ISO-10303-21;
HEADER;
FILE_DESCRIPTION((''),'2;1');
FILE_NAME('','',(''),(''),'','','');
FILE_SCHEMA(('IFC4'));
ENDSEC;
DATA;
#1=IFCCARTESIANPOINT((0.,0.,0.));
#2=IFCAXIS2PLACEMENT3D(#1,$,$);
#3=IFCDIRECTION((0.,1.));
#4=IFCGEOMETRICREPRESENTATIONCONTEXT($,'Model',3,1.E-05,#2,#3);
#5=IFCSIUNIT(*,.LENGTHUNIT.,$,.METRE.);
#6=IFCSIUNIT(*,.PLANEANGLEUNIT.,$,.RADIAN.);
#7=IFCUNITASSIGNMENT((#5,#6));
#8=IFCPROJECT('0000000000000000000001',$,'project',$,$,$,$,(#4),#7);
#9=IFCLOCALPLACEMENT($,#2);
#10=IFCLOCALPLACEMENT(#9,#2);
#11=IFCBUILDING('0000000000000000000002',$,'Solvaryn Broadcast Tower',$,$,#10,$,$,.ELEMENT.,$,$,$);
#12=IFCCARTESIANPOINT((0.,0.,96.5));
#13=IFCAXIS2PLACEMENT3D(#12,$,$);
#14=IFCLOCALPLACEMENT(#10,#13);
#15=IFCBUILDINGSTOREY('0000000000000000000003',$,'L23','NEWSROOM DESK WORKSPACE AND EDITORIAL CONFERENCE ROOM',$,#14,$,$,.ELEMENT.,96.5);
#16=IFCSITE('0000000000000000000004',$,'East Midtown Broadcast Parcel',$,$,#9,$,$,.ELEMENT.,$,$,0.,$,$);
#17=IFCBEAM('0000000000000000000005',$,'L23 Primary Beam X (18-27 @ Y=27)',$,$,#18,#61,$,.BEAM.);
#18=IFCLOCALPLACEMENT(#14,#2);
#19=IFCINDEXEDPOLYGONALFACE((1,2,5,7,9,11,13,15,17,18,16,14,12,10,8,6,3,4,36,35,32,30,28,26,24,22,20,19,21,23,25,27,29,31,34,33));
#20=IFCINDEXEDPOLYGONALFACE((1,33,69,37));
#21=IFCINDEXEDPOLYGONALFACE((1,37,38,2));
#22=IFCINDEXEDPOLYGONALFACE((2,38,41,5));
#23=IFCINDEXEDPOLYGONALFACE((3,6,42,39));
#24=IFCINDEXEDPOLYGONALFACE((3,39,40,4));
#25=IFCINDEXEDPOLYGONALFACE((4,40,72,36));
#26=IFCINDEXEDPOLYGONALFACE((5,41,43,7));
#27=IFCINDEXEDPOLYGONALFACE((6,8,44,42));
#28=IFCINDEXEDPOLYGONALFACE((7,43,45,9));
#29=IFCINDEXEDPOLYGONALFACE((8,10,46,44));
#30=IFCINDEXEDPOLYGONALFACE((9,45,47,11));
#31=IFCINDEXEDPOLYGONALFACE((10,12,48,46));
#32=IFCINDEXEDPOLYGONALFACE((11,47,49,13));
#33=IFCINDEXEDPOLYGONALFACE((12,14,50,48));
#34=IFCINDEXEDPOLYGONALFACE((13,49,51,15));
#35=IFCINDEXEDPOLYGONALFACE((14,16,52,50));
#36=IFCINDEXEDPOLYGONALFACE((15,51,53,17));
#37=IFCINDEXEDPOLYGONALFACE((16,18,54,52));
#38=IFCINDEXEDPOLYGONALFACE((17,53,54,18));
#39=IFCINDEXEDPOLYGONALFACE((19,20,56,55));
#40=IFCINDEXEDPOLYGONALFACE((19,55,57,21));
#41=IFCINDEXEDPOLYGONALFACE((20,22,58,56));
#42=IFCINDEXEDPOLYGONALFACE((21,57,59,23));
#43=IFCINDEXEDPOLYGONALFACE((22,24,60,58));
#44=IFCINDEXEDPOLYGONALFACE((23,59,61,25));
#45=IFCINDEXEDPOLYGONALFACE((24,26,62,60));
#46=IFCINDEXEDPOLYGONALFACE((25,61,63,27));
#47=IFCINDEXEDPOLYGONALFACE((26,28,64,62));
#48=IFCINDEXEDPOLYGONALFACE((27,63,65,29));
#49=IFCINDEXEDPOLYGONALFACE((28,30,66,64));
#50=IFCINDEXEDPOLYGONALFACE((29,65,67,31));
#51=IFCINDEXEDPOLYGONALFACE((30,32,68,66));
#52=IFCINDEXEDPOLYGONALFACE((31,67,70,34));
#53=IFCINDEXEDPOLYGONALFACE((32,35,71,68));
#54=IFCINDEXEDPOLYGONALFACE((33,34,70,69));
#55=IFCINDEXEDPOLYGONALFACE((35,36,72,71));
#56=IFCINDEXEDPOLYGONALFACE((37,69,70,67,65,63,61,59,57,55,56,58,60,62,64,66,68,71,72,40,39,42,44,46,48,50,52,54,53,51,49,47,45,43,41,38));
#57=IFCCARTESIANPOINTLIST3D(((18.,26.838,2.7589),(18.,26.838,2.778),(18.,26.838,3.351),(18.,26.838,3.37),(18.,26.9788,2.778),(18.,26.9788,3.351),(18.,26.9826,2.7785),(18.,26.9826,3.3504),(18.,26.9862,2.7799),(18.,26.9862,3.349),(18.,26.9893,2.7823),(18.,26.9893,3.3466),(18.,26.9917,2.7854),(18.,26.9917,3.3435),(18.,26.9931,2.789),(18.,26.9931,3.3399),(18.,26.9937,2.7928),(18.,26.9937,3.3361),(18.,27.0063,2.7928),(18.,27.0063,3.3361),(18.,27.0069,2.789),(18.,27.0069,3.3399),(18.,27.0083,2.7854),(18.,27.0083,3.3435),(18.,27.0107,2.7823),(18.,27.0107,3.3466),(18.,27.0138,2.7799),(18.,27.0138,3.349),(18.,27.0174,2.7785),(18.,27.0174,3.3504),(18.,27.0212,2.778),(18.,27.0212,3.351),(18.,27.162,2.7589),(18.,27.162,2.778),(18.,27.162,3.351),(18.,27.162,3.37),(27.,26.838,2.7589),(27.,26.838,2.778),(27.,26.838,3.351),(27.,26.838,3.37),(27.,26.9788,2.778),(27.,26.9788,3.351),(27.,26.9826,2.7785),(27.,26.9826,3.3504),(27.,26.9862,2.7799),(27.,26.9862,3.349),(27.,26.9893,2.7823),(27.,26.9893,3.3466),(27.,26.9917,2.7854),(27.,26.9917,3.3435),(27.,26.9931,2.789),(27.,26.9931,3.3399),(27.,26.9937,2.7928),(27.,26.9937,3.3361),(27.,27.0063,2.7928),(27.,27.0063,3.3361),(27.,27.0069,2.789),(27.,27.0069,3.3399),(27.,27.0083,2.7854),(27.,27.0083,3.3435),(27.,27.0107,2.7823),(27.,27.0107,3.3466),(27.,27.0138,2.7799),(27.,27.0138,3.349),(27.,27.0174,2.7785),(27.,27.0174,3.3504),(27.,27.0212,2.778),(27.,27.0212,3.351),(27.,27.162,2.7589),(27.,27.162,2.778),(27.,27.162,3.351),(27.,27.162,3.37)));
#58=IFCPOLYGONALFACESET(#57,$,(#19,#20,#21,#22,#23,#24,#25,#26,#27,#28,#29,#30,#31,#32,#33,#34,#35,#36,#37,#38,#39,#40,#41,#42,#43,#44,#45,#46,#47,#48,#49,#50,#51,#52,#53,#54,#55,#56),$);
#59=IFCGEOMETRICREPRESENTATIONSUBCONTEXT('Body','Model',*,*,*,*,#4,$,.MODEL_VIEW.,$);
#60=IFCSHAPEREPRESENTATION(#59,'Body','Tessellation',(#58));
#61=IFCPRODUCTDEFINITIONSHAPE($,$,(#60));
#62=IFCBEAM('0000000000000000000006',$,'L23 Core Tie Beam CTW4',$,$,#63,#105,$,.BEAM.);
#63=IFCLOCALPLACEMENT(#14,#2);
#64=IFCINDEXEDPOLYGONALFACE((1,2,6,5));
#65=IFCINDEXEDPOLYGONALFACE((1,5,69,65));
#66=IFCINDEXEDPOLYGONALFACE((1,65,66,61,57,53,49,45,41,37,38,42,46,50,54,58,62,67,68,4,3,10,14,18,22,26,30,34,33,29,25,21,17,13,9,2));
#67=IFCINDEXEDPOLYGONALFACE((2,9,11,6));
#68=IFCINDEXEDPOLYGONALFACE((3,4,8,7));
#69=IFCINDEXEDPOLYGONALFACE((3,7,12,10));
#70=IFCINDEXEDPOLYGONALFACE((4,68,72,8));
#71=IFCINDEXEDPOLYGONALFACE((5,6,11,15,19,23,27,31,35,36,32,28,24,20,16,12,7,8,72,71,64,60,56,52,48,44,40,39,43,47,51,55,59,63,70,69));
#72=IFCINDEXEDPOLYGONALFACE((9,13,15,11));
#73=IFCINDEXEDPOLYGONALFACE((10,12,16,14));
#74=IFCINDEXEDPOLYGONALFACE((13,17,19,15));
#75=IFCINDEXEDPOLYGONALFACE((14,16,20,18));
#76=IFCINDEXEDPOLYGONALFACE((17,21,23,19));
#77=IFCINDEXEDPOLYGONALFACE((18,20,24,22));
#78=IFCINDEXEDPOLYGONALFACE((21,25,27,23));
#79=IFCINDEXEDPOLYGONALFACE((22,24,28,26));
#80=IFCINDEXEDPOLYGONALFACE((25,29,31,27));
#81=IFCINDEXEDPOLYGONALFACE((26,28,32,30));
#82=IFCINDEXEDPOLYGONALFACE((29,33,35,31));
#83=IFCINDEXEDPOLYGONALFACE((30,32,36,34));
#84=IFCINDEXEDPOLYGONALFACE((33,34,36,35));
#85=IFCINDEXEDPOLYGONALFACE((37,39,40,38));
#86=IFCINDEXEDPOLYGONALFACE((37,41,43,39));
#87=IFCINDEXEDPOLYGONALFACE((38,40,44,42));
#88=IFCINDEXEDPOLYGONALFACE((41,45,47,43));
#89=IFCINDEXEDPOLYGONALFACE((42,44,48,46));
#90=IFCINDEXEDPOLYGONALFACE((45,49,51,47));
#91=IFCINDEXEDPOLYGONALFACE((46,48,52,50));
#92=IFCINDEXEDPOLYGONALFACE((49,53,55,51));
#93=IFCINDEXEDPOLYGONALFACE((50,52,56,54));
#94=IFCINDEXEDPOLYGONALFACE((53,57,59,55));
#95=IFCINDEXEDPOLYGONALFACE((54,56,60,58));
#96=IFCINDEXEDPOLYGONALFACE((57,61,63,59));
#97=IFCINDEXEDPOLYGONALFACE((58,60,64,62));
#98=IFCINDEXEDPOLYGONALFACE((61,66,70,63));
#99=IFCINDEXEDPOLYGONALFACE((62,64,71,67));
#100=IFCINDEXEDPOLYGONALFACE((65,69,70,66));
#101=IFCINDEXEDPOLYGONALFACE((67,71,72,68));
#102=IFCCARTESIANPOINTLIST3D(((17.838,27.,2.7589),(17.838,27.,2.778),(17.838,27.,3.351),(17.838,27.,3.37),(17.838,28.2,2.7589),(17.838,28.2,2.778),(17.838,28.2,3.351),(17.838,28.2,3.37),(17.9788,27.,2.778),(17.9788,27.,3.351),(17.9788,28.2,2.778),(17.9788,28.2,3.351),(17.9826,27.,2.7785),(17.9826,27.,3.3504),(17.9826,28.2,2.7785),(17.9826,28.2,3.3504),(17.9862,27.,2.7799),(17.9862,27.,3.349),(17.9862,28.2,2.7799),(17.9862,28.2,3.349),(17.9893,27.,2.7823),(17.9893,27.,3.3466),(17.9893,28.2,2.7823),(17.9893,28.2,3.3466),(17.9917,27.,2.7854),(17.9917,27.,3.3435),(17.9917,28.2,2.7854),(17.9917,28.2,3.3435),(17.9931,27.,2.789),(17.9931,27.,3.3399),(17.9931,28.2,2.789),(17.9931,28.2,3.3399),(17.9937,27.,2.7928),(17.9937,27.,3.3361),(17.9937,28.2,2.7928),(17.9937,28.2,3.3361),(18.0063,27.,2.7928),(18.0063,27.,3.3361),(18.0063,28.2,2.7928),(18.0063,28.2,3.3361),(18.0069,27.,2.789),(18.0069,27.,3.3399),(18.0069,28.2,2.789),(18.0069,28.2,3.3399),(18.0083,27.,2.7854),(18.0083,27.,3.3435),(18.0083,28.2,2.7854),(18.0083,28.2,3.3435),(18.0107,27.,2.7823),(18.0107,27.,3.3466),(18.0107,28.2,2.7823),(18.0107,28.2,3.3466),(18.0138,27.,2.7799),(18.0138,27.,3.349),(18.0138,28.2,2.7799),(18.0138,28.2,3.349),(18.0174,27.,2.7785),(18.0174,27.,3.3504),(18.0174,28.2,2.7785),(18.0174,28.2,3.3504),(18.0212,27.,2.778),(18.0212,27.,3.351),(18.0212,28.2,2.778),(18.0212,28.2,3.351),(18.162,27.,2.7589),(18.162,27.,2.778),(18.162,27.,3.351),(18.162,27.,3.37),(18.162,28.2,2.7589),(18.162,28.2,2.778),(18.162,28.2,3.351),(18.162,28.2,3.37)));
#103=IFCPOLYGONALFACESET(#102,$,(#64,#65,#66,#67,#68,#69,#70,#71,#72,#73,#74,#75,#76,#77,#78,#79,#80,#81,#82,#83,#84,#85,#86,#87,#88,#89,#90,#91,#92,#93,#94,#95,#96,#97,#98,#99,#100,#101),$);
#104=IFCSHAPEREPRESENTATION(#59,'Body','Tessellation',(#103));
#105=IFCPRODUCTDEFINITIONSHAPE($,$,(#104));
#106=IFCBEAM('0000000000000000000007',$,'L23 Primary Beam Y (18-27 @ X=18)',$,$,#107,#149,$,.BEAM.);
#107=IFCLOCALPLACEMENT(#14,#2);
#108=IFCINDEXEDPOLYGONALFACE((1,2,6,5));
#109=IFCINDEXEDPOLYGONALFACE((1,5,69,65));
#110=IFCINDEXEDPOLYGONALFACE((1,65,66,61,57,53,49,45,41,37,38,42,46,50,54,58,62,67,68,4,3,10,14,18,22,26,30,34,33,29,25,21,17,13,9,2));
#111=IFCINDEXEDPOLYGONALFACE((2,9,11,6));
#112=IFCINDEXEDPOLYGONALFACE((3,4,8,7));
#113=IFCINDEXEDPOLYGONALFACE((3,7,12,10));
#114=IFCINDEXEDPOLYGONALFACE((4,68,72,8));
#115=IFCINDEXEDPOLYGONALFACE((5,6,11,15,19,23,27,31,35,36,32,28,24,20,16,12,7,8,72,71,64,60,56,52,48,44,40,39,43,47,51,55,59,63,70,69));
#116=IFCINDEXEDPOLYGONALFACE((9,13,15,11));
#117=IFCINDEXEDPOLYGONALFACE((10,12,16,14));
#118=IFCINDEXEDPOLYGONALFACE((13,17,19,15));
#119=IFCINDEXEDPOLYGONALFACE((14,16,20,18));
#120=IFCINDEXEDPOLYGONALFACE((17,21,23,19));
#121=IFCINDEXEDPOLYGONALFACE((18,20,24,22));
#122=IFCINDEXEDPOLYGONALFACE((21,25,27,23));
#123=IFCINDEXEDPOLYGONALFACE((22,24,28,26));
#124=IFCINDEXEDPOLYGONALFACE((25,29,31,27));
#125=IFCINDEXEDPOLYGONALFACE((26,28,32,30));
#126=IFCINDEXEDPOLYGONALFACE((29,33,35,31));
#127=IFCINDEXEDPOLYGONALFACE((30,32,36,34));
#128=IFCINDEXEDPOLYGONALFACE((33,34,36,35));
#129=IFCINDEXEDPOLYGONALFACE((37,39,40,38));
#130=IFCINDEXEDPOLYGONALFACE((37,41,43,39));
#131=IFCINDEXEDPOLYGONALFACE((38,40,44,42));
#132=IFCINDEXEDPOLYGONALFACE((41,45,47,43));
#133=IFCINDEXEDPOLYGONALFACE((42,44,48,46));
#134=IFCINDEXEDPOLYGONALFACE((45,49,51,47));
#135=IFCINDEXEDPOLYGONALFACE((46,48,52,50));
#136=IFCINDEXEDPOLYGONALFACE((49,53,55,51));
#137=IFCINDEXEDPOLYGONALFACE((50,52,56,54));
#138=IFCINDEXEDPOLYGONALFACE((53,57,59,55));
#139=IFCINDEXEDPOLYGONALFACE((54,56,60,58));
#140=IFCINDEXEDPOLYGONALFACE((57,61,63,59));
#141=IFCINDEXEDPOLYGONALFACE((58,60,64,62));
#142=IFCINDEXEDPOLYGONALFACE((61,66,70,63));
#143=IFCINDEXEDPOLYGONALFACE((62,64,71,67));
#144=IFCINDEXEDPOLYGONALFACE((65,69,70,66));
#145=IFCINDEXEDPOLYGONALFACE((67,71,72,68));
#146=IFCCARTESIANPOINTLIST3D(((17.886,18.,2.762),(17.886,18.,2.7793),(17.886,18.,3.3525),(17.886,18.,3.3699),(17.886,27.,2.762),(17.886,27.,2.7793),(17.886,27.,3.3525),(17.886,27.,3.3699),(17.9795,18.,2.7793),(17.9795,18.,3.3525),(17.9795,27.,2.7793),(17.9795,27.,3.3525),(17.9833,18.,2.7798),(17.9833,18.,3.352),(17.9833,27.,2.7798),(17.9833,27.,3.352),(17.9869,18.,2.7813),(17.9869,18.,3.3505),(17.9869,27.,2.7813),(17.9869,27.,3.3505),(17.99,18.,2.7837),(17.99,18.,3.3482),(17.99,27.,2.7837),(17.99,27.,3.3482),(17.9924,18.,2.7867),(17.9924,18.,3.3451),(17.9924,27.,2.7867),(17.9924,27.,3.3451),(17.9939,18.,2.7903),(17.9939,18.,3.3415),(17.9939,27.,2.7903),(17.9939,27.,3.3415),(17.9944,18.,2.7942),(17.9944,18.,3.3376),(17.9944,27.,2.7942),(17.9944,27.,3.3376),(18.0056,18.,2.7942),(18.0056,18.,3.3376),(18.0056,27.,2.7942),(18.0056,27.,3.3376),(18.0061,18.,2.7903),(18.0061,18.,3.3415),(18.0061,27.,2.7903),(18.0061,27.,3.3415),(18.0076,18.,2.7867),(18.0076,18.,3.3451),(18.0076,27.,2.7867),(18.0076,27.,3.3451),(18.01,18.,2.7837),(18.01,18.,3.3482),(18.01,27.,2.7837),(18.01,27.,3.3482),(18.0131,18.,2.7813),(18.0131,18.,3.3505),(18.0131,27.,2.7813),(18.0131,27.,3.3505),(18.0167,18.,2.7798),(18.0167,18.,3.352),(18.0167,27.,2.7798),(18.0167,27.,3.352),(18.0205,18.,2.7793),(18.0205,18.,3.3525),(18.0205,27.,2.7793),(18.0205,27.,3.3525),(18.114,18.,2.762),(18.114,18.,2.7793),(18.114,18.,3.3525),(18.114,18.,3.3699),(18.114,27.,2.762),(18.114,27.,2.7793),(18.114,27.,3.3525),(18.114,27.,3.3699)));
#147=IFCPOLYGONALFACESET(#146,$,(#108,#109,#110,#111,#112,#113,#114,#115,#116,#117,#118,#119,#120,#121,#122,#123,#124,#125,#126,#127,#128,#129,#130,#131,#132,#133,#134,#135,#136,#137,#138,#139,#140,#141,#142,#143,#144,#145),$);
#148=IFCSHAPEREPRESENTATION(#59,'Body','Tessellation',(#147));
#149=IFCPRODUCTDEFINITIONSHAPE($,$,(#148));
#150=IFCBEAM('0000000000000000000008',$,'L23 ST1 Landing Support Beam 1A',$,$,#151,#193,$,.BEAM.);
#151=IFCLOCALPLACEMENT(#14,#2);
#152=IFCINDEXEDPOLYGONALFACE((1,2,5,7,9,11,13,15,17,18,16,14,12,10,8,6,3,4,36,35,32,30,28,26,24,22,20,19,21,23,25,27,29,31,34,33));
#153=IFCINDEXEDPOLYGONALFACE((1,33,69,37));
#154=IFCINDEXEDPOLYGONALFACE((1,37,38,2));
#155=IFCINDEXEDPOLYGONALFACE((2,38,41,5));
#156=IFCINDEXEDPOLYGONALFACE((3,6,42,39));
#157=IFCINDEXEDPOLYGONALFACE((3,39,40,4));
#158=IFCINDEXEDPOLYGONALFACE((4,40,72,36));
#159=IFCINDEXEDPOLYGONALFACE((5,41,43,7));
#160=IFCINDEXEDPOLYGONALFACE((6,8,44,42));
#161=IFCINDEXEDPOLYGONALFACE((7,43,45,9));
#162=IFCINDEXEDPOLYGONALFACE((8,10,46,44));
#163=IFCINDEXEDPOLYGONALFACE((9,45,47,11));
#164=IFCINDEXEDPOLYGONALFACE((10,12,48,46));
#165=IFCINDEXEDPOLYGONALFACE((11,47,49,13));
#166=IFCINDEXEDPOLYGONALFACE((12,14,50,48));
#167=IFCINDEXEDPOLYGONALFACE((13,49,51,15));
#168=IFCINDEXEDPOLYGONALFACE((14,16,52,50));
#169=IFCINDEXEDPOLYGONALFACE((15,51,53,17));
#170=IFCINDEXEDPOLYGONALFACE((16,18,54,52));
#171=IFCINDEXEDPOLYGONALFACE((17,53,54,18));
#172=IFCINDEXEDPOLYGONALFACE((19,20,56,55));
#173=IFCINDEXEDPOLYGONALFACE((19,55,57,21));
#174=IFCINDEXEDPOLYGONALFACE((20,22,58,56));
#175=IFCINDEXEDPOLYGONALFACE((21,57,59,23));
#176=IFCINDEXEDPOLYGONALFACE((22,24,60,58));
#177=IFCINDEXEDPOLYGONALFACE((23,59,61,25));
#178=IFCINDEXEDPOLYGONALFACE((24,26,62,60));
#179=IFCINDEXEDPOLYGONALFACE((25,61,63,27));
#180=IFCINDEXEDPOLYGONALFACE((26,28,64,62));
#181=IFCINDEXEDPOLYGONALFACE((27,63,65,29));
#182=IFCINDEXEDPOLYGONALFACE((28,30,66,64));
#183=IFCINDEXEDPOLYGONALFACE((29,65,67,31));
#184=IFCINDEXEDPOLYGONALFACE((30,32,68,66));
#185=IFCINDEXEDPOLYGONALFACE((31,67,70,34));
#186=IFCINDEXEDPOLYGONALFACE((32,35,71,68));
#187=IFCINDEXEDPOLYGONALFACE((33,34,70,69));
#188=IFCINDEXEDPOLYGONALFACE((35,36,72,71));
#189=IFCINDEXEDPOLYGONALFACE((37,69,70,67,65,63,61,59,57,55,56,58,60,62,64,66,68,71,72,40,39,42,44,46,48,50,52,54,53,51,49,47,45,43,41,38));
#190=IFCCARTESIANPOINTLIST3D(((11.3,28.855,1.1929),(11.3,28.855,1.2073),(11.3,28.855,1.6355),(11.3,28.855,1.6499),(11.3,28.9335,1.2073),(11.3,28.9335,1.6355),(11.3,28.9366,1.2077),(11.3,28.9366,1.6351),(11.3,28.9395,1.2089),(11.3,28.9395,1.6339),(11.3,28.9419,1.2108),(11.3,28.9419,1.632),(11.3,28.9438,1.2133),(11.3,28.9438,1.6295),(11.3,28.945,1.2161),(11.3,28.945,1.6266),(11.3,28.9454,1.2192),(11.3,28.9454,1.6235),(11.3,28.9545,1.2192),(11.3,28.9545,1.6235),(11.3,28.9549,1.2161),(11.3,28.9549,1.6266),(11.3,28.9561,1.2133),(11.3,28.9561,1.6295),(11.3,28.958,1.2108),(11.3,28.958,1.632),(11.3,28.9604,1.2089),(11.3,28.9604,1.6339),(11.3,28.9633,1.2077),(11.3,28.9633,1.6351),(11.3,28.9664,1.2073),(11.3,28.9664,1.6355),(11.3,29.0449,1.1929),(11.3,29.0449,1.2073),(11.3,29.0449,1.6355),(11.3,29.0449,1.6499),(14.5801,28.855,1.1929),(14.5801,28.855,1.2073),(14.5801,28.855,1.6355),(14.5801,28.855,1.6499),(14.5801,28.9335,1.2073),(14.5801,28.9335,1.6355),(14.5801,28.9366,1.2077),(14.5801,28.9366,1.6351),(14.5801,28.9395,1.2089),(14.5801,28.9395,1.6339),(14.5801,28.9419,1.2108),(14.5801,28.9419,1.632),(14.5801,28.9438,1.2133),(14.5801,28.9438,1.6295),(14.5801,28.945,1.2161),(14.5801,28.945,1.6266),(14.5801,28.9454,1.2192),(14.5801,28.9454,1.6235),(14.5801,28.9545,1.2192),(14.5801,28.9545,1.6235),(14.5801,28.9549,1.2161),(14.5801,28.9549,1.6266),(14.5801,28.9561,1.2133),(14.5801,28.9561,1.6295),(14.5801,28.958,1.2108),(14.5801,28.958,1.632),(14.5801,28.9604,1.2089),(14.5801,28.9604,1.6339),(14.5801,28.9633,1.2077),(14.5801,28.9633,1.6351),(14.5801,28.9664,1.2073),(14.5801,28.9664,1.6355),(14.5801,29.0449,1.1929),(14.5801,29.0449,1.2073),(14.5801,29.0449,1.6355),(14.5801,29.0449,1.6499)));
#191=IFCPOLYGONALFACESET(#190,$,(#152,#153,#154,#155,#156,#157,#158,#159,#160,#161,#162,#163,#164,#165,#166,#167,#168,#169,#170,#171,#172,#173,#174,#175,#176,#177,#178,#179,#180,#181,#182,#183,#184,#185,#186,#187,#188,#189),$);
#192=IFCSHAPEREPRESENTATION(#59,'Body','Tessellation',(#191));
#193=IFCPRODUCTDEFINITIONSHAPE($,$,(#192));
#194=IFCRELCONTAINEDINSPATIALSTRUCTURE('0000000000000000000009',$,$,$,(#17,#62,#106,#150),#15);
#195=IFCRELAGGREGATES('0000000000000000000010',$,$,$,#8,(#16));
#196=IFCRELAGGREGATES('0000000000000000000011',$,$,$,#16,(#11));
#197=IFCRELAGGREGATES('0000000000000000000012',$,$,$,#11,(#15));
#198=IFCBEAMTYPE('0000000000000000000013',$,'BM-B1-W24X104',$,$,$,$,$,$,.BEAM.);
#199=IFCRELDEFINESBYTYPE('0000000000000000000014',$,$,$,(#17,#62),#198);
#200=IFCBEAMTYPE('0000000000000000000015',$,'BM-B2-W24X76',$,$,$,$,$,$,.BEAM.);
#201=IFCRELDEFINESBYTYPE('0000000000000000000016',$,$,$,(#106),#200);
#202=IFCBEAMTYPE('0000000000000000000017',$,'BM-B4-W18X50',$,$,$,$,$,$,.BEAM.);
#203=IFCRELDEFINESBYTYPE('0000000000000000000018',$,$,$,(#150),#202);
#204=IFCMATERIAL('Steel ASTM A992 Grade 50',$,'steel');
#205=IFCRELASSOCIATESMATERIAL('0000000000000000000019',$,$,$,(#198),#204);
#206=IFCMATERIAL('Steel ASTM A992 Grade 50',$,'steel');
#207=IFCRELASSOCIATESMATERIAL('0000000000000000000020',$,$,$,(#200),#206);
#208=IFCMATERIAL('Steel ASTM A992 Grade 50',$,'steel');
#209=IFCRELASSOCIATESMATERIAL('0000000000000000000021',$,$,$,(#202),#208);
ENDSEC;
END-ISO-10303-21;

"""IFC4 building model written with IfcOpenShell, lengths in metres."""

from ifc_helpers import new_model, si_unit, direction, frame, origin, origin_2d, place, context, subcontext, project, spatial, i_section, extrude, material, material_profile, profile_set, type_object, element, save


model = new_model("IFC4")

# Units and contexts
model_context = context("Model", 3, precision=1e-05, world=origin(), true_north=direction((0.0, 1.0)))
body_context = subcontext(model_context, "Body", "Model", "MODEL_VIEW")
ifc_project = project(units=[si_unit("LENGTHUNIT", "METRE"), si_unit("PLANEANGLEUNIT", "RADIAN")], contexts=[model_context])

# Site, building, storey
site_placement = place(None, origin())
site = spatial("IfcSite", under=ifc_project, at=site_placement, Name="East Midtown Broadcast Parcel", CompositionType="ELEMENT", RefElevation=0.0)
building_placement = place(site_placement, origin())
building = spatial("IfcBuilding", under=site, at=building_placement, Name="Solvaryn Broadcast Tower", CompositionType="ELEMENT")
storey_placement = place(building_placement, frame((0.0, 0.0, 96.5)))
storey = spatial("IfcBuildingStorey", under=building, at=storey_placement, Name="L23", Description="NEWSROOM DESK WORKSPACE AND EDITORIAL CONFERENCE ROOM", CompositionType="ELEMENT", Elevation=96.5)

# Beams
ifc_material_1 = material(Name="Steel ASTM A992 Grade 50", Category="steel")
ifc_material_profile_1 = material_profile(ifc_material_1, i_section(OverallWidth=0.324, OverallDepth=0.6111, WebThickness=0.0127, FlangeThickness=0.019, FilletRadius=0.0149, at=origin_2d()))
ifc_profile_set_1 = profile_set([ifc_material_profile_1], Name="Steel ASTM A992 Grade 50")
beam_type_1 = type_object("IfcBeamType", Name="BM-B1-W24X104", PredefinedType="BEAM", material=ifc_profile_set_1)
for number, where, z_axis, x_axis, name in (
    (1, (18.0, 27.0, 3.0645), (1.0, 0.0, 0.0), (0.0, 1.0, 0.0), "L23 Primary Beam X (18-27 @ Y=27)"),
):
    element("IfcBeam", number, at=place(storey_placement, frame(where, z_axis=z_axis, x_axis=x_axis)), inside=storey, type_object=beam_type_1, Name=name, PredefinedType="BEAM", context=body_context, shape_type="SweptSolid", body=[
        extrude(i_section(OverallWidth=0.324, OverallDepth=0.6111, WebThickness=0.0127, FlangeThickness=0.019, FilletRadius=0.0149, at=origin_2d()), origin(), (0.0, 0.0, 1.0), 9.0),
    ])
beam_1_placement = place(storey_placement, frame((18.0, 27.0, 3.0645), z_axis=(0.0, 1.0, 0.0), x_axis=(-1.0, 0.0, 0.0)))
element("IfcBeam", 2, at=beam_1_placement, inside=storey, type_object=beam_type_1, Name="L23 Core Tie Beam CTW4", PredefinedType="BEAM", context=body_context, shape_type="SweptSolid", body=[
    extrude(i_section(OverallWidth=0.324, OverallDepth=0.6111, WebThickness=0.0127, FlangeThickness=0.019, FilletRadius=0.0149, at=origin_2d()), origin(), (0.0, 0.0, 1.0), 1.2),
])
ifc_material_2 = material(Name="Steel ASTM A992 Grade 50", Category="steel")
ifc_material_profile_2 = material_profile(ifc_material_2, i_section(OverallWidth=0.228, OverallDepth=0.6079, WebThickness=0.0112, FlangeThickness=0.0173, FilletRadius=0.0149, at=origin_2d()))
ifc_profile_set_2 = profile_set([ifc_material_profile_2], Name="Steel ASTM A992 Grade 50")
beam_type_2 = type_object("IfcBeamType", Name="BM-B2-W24X76", PredefinedType="BEAM", material=ifc_profile_set_2)
beam_2_placement = place(storey_placement, frame((18.0, 18.0, 3.0659), z_axis=(0.0, 1.0, 0.0), x_axis=(-1.0, 0.0, 0.0)))
element("IfcBeam", 3, at=beam_2_placement, inside=storey, type_object=beam_type_2, Name="L23 Primary Beam Y (18-27 @ X=18)", PredefinedType="BEAM", context=body_context, shape_type="SweptSolid", body=[
    extrude(i_section(OverallWidth=0.228, OverallDepth=0.6079, WebThickness=0.0112, FlangeThickness=0.0173, FilletRadius=0.0149, at=origin_2d()), origin(), (0.0, 0.0, 1.0), 9.0),
])
ifc_material_3 = material(Name="Steel ASTM A992 Grade 50", Category="steel")
ifc_material_profile_3 = material_profile(ifc_material_3, i_section(OverallWidth=0.1899, OverallDepth=0.457, WebThickness=0.009, FlangeThickness=0.0144, FilletRadius=0.012, at=origin_2d()))
ifc_profile_set_3 = profile_set([ifc_material_profile_3], Name="Steel ASTM A992 Grade 50")
beam_type_3 = type_object("IfcBeamType", Name="BM-B4-W18X50", PredefinedType="BEAM", material=ifc_profile_set_3)
beam_3_placement = place(storey_placement, frame((11.3, 28.95, 1.4214), z_axis=(1.0, 0.0, 0.0), x_axis=(0.0, 1.0, 0.0)))
element("IfcBeam", 4, at=beam_3_placement, inside=storey, type_object=beam_type_3, Name="L23 ST1 Landing Support Beam 1A", PredefinedType="BEAM", context=body_context, shape_type="SweptSolid", body=[
    extrude(i_section(OverallWidth=0.1899, OverallDepth=0.457, WebThickness=0.009, FlangeThickness=0.0144, FilletRadius=0.012, at=origin_2d()), origin(), (0.0, 0.0, 1.0), 3.28),
])

save(model, "model.ifc")
